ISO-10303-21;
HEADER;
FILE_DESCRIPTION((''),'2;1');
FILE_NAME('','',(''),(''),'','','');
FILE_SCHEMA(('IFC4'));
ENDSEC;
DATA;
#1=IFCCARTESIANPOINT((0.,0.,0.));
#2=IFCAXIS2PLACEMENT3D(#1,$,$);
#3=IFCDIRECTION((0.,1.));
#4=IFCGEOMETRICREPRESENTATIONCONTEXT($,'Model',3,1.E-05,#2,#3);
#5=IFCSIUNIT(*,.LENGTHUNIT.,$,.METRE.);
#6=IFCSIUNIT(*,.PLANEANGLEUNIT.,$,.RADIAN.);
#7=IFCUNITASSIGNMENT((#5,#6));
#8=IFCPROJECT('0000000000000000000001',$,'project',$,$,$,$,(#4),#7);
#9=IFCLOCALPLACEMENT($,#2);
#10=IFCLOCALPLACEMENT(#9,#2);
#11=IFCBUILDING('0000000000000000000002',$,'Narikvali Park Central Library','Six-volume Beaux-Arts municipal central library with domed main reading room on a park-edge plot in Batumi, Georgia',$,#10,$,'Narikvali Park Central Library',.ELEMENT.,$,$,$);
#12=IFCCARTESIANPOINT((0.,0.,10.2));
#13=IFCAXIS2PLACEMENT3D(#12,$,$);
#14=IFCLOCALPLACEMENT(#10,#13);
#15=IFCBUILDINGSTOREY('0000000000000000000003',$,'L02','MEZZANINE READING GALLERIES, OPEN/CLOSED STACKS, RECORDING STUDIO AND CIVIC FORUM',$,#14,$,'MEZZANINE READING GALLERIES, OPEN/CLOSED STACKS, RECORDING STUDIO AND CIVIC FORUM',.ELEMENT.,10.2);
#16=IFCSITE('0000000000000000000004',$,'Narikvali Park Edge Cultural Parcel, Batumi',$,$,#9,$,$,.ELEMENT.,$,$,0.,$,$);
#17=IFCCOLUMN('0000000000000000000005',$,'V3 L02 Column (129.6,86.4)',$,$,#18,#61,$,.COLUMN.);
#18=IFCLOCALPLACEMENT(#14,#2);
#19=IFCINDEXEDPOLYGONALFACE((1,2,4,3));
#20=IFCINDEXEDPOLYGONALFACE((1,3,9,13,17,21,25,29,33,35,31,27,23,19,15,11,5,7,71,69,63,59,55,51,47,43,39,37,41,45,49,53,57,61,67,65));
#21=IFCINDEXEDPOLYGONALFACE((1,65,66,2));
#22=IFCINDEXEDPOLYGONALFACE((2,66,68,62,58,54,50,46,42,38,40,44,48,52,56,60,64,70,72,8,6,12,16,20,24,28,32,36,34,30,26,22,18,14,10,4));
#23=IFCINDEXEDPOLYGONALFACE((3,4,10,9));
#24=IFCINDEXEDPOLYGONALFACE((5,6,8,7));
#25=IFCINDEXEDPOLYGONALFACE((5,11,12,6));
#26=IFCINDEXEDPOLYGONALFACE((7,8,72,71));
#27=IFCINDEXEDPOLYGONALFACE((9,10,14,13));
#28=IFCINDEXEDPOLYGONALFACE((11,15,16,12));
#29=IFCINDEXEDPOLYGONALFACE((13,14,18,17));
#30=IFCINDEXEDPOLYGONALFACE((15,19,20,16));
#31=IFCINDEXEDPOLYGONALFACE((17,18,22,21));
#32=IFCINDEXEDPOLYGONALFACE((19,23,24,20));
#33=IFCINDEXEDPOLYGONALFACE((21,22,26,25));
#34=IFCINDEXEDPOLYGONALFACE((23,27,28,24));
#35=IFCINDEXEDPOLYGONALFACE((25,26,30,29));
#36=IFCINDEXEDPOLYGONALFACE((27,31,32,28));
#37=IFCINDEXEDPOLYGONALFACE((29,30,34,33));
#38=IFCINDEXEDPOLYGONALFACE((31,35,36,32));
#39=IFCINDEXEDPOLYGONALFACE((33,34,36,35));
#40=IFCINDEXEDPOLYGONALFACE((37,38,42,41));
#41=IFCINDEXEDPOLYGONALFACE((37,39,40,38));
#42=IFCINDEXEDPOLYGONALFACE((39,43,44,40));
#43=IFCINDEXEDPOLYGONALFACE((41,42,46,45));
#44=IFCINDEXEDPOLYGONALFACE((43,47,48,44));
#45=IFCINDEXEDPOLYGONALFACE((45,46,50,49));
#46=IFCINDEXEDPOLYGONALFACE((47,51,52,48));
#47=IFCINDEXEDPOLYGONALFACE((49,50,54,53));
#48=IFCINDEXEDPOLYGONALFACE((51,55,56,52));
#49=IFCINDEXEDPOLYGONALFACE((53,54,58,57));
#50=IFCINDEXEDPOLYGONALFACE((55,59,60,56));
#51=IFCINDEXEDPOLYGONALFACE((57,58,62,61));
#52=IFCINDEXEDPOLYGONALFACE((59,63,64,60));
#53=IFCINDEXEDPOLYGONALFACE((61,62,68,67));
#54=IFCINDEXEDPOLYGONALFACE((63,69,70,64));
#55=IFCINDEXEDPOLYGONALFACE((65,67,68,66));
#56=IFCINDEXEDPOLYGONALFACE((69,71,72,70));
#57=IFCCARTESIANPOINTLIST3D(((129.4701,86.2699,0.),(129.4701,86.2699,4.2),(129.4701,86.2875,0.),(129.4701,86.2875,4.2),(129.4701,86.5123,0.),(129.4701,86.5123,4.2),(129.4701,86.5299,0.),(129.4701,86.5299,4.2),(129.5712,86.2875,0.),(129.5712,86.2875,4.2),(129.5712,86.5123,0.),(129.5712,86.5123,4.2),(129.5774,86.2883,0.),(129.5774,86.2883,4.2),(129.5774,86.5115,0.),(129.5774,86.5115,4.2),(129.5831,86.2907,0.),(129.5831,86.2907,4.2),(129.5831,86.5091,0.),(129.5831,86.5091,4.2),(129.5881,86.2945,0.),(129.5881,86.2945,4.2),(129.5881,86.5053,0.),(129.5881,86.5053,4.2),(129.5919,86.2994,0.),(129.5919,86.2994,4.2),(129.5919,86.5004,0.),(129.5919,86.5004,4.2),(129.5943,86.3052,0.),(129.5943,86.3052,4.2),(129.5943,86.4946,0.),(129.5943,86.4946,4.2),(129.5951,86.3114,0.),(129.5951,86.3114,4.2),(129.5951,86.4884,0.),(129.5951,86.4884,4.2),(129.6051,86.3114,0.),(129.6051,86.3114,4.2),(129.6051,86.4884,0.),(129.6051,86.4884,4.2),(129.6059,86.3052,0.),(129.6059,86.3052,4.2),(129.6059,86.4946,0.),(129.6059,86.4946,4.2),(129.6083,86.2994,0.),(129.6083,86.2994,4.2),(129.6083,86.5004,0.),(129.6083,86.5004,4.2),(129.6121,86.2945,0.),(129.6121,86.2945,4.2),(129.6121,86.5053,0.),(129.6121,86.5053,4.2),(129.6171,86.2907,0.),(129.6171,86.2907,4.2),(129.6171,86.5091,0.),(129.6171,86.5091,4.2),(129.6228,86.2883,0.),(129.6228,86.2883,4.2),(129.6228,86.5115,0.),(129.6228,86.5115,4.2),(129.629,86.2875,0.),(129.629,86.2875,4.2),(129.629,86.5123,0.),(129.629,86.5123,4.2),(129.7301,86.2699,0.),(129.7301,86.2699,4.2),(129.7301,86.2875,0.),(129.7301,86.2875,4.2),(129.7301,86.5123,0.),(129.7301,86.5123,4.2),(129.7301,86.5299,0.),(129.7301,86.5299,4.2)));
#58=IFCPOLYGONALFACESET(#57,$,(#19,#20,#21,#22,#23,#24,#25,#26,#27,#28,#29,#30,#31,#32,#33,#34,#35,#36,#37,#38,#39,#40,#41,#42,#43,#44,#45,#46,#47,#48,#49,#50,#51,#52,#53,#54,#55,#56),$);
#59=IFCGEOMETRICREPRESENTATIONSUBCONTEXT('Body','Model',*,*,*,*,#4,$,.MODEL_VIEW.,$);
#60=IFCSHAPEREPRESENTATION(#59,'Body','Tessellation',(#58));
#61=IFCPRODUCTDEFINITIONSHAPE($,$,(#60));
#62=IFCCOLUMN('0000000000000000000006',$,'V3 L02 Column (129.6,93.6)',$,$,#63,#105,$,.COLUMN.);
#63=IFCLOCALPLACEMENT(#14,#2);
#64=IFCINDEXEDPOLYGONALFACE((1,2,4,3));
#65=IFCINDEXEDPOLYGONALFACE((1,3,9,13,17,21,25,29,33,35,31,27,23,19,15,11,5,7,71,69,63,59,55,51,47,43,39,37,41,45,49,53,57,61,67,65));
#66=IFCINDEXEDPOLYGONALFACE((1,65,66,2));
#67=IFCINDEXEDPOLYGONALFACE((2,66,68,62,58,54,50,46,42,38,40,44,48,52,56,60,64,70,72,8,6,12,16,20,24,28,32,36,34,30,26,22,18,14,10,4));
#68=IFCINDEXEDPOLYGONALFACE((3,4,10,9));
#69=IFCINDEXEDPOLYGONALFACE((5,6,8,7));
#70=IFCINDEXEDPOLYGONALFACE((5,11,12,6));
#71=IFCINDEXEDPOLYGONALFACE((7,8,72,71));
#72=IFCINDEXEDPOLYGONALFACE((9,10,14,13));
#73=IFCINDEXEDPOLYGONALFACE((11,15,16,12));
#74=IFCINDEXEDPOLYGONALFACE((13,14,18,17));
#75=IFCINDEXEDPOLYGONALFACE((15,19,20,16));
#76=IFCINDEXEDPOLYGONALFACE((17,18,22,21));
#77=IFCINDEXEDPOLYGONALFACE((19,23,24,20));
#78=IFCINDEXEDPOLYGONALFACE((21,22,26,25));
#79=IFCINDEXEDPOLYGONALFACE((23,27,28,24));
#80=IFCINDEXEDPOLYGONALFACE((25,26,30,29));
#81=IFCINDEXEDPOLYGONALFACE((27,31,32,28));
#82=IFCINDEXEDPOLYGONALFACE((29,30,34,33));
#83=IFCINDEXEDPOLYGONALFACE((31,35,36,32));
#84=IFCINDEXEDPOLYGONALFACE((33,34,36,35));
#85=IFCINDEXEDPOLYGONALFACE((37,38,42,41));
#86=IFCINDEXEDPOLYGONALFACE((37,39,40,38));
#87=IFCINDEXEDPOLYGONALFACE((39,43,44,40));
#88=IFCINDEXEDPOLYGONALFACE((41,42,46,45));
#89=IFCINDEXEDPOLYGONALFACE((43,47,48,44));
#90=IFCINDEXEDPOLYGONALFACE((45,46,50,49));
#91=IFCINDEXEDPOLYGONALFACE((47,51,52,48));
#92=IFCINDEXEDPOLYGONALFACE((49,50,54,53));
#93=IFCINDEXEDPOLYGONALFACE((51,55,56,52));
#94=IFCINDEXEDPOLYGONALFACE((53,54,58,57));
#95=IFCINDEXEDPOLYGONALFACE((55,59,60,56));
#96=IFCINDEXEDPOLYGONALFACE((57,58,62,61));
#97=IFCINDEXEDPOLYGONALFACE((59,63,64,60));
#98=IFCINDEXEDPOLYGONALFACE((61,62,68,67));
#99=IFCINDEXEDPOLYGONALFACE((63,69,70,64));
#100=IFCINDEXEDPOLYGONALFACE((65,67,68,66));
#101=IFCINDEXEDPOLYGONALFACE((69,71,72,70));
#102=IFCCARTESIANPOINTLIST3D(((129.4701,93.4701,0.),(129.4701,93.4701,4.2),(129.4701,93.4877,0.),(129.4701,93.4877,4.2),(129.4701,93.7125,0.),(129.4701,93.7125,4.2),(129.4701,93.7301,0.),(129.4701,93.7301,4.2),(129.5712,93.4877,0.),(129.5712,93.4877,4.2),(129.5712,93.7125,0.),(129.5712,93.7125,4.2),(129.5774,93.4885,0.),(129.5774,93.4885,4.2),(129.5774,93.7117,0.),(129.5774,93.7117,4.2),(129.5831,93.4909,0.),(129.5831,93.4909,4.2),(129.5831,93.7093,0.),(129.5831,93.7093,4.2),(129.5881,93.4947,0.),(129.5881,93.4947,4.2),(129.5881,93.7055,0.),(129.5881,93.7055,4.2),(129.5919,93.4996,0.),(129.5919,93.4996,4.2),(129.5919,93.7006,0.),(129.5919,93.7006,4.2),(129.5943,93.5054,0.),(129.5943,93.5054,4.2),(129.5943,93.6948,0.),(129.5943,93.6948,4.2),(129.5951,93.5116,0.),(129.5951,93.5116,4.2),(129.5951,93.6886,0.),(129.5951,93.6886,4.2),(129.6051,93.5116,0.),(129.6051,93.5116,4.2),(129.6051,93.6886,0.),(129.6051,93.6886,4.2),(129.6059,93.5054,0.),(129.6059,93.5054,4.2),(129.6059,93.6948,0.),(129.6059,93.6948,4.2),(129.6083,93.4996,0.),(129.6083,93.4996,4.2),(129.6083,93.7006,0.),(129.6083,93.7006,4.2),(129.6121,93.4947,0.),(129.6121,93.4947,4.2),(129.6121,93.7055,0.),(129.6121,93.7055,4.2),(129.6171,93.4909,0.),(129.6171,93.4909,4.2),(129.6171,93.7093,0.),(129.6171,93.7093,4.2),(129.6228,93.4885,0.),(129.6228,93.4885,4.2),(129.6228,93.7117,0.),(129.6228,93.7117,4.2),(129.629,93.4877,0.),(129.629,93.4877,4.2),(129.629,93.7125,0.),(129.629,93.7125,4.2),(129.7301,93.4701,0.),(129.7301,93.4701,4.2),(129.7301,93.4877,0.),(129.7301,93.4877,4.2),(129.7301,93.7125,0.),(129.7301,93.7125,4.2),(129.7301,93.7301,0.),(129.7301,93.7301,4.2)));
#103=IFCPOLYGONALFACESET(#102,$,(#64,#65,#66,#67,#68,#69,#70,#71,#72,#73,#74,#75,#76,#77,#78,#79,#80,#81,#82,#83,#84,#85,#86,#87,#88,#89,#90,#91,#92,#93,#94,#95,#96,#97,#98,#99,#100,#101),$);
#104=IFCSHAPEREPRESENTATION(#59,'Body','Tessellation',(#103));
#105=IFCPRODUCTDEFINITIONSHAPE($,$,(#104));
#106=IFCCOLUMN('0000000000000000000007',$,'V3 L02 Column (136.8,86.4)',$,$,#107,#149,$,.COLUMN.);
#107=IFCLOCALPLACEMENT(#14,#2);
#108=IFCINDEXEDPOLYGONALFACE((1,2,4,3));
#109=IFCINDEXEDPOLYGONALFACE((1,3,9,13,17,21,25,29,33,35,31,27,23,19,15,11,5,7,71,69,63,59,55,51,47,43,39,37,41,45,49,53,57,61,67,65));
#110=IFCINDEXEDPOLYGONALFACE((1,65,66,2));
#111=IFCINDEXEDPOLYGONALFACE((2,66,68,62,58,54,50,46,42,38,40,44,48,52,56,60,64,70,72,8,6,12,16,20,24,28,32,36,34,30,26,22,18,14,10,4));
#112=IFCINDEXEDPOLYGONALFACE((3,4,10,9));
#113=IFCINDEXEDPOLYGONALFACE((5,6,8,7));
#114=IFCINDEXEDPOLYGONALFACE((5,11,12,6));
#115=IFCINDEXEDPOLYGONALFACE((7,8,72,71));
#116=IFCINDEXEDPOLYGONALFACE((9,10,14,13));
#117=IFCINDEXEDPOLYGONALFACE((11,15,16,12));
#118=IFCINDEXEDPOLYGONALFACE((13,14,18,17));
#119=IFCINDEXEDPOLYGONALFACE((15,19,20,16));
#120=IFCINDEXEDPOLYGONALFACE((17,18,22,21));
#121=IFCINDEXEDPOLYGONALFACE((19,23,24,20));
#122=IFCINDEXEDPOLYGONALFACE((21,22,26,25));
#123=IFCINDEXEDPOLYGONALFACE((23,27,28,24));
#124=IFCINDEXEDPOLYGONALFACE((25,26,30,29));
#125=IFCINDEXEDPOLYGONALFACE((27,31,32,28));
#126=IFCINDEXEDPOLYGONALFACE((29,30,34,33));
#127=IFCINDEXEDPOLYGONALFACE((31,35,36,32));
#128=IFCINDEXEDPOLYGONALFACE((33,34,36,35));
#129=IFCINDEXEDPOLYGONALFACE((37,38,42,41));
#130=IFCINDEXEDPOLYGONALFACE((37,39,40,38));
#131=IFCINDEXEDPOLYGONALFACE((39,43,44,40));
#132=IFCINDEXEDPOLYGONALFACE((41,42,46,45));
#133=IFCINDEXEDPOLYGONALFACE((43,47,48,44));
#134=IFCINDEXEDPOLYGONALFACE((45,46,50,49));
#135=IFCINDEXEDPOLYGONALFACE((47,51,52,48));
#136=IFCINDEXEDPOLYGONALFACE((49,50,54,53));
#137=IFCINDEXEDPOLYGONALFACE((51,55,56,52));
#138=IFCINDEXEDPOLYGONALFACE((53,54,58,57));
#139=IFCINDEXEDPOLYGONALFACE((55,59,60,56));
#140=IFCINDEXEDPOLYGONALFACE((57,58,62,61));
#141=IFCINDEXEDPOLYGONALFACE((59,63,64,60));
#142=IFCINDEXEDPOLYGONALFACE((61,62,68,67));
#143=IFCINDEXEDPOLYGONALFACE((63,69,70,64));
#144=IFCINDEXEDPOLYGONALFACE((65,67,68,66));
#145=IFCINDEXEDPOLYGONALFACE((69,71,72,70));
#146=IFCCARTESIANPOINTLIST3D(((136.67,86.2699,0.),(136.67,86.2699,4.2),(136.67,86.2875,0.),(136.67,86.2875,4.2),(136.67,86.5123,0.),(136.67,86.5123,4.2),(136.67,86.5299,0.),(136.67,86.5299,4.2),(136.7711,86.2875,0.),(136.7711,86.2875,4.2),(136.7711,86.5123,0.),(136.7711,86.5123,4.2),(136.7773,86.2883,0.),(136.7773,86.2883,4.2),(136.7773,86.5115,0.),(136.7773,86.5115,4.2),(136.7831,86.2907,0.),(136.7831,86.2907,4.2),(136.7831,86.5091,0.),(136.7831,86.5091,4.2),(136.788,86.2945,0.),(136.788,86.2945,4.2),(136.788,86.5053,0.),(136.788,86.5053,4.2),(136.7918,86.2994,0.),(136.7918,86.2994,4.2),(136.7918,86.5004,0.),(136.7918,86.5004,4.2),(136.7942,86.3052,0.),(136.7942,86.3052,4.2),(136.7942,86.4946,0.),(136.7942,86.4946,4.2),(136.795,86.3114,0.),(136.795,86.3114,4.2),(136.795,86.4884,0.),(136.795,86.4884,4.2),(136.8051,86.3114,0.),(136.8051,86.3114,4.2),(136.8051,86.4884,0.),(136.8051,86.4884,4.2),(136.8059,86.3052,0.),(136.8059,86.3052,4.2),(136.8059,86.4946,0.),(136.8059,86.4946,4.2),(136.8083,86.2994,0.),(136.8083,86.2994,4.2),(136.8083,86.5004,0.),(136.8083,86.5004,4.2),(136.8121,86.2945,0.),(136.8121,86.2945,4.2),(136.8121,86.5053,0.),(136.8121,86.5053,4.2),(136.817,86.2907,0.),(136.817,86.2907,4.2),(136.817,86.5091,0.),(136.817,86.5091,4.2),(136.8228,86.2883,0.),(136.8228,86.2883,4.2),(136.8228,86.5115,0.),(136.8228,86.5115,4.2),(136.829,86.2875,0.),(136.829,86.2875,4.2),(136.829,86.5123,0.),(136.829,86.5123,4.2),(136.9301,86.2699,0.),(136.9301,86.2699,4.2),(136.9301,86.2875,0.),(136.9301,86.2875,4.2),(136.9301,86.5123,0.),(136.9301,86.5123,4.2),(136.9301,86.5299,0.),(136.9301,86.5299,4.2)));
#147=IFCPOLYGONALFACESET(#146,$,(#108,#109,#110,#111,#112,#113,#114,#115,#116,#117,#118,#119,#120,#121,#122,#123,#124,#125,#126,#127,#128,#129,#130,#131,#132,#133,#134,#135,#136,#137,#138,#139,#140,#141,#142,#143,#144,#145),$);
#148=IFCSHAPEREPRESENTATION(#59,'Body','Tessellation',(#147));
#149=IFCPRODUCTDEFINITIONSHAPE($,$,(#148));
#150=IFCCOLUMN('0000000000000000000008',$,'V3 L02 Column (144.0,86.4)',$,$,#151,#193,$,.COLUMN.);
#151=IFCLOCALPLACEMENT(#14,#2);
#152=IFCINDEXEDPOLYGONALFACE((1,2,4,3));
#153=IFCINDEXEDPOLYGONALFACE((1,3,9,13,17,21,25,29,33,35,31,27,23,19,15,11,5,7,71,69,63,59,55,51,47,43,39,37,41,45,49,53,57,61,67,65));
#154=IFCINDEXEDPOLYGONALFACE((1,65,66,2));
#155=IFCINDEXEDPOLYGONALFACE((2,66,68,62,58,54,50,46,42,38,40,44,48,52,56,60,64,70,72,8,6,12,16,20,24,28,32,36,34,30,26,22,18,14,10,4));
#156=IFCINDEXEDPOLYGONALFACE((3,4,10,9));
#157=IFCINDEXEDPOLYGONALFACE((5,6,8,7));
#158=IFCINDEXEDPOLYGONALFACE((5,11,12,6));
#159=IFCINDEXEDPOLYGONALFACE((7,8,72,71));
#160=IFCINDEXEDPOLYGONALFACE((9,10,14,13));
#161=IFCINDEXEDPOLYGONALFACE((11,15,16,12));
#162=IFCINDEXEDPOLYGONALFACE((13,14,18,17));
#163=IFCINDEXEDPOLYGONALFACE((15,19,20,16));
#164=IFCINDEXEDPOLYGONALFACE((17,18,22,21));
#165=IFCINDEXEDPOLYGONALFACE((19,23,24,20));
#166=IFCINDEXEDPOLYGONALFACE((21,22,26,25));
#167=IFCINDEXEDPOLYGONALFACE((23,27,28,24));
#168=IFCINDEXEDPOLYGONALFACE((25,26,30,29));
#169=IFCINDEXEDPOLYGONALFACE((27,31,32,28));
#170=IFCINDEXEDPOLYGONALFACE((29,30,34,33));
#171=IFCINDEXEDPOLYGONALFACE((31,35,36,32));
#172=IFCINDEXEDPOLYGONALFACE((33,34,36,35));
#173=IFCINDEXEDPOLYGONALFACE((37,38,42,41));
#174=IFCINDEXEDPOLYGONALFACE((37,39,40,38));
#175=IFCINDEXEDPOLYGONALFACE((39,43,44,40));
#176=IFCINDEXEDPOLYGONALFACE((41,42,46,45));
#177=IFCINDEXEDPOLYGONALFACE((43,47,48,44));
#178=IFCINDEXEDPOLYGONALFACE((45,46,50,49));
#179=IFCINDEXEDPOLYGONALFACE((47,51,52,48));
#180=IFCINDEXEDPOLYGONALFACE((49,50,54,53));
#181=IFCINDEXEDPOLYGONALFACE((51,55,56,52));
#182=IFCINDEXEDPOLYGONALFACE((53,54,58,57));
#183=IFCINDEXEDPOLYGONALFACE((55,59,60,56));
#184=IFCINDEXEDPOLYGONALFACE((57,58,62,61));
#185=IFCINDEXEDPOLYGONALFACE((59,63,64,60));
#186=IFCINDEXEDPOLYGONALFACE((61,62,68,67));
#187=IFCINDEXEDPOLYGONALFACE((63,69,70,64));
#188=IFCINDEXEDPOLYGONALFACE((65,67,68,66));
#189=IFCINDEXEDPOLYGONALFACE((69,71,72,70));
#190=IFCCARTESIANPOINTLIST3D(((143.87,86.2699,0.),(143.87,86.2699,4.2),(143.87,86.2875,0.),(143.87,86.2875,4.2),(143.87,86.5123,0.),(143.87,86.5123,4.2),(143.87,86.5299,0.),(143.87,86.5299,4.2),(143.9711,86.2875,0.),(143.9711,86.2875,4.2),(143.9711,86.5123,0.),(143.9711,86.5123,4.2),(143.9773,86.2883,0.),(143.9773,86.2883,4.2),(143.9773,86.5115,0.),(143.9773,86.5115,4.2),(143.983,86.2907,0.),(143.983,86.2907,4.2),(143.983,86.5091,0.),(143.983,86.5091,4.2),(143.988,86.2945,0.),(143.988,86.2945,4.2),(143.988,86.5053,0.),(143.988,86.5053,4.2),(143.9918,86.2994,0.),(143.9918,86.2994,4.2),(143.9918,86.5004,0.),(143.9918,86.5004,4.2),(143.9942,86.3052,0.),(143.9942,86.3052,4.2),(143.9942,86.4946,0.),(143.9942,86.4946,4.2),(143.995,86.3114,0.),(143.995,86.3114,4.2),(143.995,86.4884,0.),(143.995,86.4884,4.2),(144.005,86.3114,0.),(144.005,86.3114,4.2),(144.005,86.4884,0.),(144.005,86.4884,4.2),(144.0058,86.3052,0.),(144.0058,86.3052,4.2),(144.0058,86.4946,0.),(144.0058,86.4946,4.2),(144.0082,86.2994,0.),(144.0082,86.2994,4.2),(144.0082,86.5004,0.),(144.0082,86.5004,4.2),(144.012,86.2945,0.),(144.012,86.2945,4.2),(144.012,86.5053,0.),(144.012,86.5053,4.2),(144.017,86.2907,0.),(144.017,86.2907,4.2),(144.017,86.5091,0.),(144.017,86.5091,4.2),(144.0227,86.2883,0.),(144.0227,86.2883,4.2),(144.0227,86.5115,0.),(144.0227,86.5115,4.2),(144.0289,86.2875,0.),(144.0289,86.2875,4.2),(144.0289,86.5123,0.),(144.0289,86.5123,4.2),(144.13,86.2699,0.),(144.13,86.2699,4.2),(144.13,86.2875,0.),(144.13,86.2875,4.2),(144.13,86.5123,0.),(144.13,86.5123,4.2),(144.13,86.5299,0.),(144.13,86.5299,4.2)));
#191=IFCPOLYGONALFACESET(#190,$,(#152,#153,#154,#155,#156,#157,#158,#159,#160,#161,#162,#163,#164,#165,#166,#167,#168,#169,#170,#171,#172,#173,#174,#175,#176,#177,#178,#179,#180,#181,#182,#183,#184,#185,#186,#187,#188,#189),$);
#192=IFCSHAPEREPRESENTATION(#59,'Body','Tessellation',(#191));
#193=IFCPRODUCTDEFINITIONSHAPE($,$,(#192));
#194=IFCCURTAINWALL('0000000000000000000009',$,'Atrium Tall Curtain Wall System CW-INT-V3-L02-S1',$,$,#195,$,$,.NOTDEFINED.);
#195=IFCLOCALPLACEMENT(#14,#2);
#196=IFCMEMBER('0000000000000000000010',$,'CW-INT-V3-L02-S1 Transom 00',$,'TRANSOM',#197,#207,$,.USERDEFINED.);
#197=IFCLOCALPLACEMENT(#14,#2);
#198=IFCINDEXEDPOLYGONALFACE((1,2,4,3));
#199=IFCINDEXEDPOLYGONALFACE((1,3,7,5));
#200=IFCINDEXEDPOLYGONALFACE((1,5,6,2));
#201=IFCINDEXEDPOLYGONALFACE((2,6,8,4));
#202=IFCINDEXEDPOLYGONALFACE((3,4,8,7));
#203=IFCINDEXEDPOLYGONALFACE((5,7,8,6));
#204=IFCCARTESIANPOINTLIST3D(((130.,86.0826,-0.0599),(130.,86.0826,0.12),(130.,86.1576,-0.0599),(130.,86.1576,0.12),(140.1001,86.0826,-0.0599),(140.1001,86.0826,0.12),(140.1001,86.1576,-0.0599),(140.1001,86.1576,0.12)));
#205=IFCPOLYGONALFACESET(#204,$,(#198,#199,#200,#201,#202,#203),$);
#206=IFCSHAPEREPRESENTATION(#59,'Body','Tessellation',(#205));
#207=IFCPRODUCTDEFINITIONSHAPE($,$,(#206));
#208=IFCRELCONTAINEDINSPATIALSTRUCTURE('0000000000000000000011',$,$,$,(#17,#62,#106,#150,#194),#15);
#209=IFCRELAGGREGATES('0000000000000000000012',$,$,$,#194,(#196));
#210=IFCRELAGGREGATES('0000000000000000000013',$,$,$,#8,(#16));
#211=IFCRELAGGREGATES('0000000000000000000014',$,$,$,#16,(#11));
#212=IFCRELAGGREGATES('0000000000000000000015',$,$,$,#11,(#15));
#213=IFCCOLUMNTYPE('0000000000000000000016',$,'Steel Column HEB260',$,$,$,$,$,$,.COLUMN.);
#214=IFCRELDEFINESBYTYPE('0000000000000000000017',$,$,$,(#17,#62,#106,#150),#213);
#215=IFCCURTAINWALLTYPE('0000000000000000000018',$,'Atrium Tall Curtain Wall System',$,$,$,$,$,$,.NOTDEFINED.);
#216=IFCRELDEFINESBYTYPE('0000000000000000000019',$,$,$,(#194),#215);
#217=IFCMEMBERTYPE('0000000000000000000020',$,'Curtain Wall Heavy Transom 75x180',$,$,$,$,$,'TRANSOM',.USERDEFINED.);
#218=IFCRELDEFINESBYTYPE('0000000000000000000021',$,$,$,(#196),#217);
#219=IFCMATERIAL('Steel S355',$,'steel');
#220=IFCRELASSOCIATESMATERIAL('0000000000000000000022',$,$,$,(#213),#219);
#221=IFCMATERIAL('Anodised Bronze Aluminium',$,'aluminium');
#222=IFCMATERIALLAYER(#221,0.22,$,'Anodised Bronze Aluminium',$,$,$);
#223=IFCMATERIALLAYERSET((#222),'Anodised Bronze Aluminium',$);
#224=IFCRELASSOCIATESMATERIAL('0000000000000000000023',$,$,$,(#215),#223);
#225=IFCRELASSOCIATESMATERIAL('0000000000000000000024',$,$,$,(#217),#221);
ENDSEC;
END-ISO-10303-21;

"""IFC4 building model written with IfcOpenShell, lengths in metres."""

from ifc_helpers import new_model, si_unit, direction, frame, origin, origin_2d, place, context, subcontext, project, spatial, rectangle, i_section, extrude, material, layer, layer_set, material_profile, profile_set, type_object, element, aggregate, save


model = new_model("IFC4")

# Units and contexts
model_context = context("Model", 3, precision=1e-05, world=origin(), true_north=direction((0.0, 1.0)))
body_context = subcontext(model_context, "Body", "Model", "MODEL_VIEW")
ifc_project = project(units=[si_unit("LENGTHUNIT", "METRE"), si_unit("PLANEANGLEUNIT", "RADIAN")], contexts=[model_context])

# Site, building, storey
site_placement = place(None, origin())
site = spatial("IfcSite", under=ifc_project, at=site_placement, Name="Narikvali Park Edge Cultural Parcel, Batumi", CompositionType="ELEMENT", RefElevation=0.0)
building_placement = place(site_placement, origin())
building = spatial("IfcBuilding", under=site, at=building_placement, Name="Narikvali Park Central Library", Description="Six-volume Beaux-Arts municipal central library with domed main reading room on a park-edge plot in Batumi, Georgia", LongName="Narikvali Park Central Library", CompositionType="ELEMENT")
storey_placement = place(building_placement, frame((0.0, 0.0, 10.2)))
storey = spatial("IfcBuildingStorey", under=building, at=storey_placement, Name="L02", Description="MEZZANINE READING GALLERIES, OPEN/CLOSED STACKS, RECORDING STUDIO AND CIVIC FORUM", LongName="MEZZANINE READING GALLERIES, OPEN/CLOSED STACKS, RECORDING STUDIO AND CIVIC FORUM", CompositionType="ELEMENT", Elevation=10.2)

# Columns
ifc_material_1 = material(Name="Steel S355", Category="steel")
ifc_material_profile_1 = material_profile(ifc_material_1, i_section(OverallWidth=0.26, OverallDepth=0.26, WebThickness=0.01, FlangeThickness=0.0176, FilletRadius=0.0239, at=origin_2d()), Name="HEB 260")
ifc_profile_set_1 = profile_set([ifc_material_profile_1], Name="Steel S355")
column_type = type_object("IfcColumnType", Name="Steel Column HEB260", PredefinedType="COLUMN", material=ifc_profile_set_1)
for number, where, z_axis, x_axis, name in (
    (1, (129.6001, 86.3999, 0.0), (0.0, 0.0, 1.0), (1.0, 0.0, 0.0), "V3 L02 Column (129.6,86.4)"),
    (2, (129.6001, 93.6001, 0.0), (0.0, 0.0, 1.0), (1.0, 0.0, 0.0), "V3 L02 Column (129.6,93.6)"),
    (3, (136.8, 86.3999, 0.0), (0.0, 0.0, 1.0), (1.0, 0.0, 0.0), "V3 L02 Column (136.8,86.4)"),
    (4, (144.0, 86.3999, 0.0), (0.0, 0.0, 1.0), (1.0, 0.0, 0.0), "V3 L02 Column (144.0,86.4)"),
):
    element("IfcColumn", number, at=place(storey_placement, frame(where, z_axis=z_axis, x_axis=x_axis)), inside=storey, type_object=column_type, Name=name, PredefinedType="COLUMN", context=body_context, shape_type="SweptSolid", body=[
        extrude(i_section(OverallWidth=0.26, OverallDepth=0.26, WebThickness=0.01, FlangeThickness=0.0176, FilletRadius=0.0239, at=origin_2d()), origin(), (0.0, 0.0, 1.0), 4.2),
    ])

# Curtain wall, member
ifc_material_2 = material(Name="Anodised Bronze Aluminium", Category="aluminium")
ifc_layer_1 = layer(ifc_material_2, 0.22, Name="Anodised Bronze Aluminium")
ifc_layer_set_1 = layer_set([ifc_layer_1], Name="Anodised Bronze Aluminium")
curtain_wall_type = type_object("IfcCurtainWallType", Name="Atrium Tall Curtain Wall System", PredefinedType="NOTDEFINED", material=ifc_layer_set_1)
curtain_wall_1_placement = place(storey_placement, origin())
curtain_wall_1 = element("IfcCurtainWall", 5, at=curtain_wall_1_placement, inside=storey, type_object=curtain_wall_type, Name="Atrium Tall Curtain Wall System CW-INT-V3-L02-S1", PredefinedType="NOTDEFINED")
ifc_material_profile_2 = material_profile(ifc_material_2, rectangle(XDim=0.075, YDim=0.1799, at=origin_2d()), Name="CW TRANSOM 75x180")
ifc_profile_set_2 = profile_set([ifc_material_profile_2], Name="Anodised Bronze Aluminium")
member_type_1 = type_object("IfcMemberType", Name="Curtain Wall Heavy Transom 75x180", ElementType="TRANSOM", PredefinedType="USERDEFINED", material=ifc_profile_set_2)
member_1_placement = place(storey_placement, frame((130.0, 86.1201, 0.03), z_axis=(1.0, 0.0, 0.0), x_axis=(0.0, 1.0, 0.0)))
member_1 = element("IfcMember", 6, at=member_1_placement, type_object=member_type_1, Name="CW-INT-V3-L02-S1 Transom 00", ObjectType="TRANSOM", PredefinedType="USERDEFINED", context=body_context, shape_type="SweptSolid", body=[
    extrude(rectangle(XDim=0.075, YDim=0.1799, at=origin_2d()), origin(), (0.0, 0.0, 1.0), 10.1001),
])

aggregate(curtain_wall_1, [member_1])

save(model, "model.ifc")
